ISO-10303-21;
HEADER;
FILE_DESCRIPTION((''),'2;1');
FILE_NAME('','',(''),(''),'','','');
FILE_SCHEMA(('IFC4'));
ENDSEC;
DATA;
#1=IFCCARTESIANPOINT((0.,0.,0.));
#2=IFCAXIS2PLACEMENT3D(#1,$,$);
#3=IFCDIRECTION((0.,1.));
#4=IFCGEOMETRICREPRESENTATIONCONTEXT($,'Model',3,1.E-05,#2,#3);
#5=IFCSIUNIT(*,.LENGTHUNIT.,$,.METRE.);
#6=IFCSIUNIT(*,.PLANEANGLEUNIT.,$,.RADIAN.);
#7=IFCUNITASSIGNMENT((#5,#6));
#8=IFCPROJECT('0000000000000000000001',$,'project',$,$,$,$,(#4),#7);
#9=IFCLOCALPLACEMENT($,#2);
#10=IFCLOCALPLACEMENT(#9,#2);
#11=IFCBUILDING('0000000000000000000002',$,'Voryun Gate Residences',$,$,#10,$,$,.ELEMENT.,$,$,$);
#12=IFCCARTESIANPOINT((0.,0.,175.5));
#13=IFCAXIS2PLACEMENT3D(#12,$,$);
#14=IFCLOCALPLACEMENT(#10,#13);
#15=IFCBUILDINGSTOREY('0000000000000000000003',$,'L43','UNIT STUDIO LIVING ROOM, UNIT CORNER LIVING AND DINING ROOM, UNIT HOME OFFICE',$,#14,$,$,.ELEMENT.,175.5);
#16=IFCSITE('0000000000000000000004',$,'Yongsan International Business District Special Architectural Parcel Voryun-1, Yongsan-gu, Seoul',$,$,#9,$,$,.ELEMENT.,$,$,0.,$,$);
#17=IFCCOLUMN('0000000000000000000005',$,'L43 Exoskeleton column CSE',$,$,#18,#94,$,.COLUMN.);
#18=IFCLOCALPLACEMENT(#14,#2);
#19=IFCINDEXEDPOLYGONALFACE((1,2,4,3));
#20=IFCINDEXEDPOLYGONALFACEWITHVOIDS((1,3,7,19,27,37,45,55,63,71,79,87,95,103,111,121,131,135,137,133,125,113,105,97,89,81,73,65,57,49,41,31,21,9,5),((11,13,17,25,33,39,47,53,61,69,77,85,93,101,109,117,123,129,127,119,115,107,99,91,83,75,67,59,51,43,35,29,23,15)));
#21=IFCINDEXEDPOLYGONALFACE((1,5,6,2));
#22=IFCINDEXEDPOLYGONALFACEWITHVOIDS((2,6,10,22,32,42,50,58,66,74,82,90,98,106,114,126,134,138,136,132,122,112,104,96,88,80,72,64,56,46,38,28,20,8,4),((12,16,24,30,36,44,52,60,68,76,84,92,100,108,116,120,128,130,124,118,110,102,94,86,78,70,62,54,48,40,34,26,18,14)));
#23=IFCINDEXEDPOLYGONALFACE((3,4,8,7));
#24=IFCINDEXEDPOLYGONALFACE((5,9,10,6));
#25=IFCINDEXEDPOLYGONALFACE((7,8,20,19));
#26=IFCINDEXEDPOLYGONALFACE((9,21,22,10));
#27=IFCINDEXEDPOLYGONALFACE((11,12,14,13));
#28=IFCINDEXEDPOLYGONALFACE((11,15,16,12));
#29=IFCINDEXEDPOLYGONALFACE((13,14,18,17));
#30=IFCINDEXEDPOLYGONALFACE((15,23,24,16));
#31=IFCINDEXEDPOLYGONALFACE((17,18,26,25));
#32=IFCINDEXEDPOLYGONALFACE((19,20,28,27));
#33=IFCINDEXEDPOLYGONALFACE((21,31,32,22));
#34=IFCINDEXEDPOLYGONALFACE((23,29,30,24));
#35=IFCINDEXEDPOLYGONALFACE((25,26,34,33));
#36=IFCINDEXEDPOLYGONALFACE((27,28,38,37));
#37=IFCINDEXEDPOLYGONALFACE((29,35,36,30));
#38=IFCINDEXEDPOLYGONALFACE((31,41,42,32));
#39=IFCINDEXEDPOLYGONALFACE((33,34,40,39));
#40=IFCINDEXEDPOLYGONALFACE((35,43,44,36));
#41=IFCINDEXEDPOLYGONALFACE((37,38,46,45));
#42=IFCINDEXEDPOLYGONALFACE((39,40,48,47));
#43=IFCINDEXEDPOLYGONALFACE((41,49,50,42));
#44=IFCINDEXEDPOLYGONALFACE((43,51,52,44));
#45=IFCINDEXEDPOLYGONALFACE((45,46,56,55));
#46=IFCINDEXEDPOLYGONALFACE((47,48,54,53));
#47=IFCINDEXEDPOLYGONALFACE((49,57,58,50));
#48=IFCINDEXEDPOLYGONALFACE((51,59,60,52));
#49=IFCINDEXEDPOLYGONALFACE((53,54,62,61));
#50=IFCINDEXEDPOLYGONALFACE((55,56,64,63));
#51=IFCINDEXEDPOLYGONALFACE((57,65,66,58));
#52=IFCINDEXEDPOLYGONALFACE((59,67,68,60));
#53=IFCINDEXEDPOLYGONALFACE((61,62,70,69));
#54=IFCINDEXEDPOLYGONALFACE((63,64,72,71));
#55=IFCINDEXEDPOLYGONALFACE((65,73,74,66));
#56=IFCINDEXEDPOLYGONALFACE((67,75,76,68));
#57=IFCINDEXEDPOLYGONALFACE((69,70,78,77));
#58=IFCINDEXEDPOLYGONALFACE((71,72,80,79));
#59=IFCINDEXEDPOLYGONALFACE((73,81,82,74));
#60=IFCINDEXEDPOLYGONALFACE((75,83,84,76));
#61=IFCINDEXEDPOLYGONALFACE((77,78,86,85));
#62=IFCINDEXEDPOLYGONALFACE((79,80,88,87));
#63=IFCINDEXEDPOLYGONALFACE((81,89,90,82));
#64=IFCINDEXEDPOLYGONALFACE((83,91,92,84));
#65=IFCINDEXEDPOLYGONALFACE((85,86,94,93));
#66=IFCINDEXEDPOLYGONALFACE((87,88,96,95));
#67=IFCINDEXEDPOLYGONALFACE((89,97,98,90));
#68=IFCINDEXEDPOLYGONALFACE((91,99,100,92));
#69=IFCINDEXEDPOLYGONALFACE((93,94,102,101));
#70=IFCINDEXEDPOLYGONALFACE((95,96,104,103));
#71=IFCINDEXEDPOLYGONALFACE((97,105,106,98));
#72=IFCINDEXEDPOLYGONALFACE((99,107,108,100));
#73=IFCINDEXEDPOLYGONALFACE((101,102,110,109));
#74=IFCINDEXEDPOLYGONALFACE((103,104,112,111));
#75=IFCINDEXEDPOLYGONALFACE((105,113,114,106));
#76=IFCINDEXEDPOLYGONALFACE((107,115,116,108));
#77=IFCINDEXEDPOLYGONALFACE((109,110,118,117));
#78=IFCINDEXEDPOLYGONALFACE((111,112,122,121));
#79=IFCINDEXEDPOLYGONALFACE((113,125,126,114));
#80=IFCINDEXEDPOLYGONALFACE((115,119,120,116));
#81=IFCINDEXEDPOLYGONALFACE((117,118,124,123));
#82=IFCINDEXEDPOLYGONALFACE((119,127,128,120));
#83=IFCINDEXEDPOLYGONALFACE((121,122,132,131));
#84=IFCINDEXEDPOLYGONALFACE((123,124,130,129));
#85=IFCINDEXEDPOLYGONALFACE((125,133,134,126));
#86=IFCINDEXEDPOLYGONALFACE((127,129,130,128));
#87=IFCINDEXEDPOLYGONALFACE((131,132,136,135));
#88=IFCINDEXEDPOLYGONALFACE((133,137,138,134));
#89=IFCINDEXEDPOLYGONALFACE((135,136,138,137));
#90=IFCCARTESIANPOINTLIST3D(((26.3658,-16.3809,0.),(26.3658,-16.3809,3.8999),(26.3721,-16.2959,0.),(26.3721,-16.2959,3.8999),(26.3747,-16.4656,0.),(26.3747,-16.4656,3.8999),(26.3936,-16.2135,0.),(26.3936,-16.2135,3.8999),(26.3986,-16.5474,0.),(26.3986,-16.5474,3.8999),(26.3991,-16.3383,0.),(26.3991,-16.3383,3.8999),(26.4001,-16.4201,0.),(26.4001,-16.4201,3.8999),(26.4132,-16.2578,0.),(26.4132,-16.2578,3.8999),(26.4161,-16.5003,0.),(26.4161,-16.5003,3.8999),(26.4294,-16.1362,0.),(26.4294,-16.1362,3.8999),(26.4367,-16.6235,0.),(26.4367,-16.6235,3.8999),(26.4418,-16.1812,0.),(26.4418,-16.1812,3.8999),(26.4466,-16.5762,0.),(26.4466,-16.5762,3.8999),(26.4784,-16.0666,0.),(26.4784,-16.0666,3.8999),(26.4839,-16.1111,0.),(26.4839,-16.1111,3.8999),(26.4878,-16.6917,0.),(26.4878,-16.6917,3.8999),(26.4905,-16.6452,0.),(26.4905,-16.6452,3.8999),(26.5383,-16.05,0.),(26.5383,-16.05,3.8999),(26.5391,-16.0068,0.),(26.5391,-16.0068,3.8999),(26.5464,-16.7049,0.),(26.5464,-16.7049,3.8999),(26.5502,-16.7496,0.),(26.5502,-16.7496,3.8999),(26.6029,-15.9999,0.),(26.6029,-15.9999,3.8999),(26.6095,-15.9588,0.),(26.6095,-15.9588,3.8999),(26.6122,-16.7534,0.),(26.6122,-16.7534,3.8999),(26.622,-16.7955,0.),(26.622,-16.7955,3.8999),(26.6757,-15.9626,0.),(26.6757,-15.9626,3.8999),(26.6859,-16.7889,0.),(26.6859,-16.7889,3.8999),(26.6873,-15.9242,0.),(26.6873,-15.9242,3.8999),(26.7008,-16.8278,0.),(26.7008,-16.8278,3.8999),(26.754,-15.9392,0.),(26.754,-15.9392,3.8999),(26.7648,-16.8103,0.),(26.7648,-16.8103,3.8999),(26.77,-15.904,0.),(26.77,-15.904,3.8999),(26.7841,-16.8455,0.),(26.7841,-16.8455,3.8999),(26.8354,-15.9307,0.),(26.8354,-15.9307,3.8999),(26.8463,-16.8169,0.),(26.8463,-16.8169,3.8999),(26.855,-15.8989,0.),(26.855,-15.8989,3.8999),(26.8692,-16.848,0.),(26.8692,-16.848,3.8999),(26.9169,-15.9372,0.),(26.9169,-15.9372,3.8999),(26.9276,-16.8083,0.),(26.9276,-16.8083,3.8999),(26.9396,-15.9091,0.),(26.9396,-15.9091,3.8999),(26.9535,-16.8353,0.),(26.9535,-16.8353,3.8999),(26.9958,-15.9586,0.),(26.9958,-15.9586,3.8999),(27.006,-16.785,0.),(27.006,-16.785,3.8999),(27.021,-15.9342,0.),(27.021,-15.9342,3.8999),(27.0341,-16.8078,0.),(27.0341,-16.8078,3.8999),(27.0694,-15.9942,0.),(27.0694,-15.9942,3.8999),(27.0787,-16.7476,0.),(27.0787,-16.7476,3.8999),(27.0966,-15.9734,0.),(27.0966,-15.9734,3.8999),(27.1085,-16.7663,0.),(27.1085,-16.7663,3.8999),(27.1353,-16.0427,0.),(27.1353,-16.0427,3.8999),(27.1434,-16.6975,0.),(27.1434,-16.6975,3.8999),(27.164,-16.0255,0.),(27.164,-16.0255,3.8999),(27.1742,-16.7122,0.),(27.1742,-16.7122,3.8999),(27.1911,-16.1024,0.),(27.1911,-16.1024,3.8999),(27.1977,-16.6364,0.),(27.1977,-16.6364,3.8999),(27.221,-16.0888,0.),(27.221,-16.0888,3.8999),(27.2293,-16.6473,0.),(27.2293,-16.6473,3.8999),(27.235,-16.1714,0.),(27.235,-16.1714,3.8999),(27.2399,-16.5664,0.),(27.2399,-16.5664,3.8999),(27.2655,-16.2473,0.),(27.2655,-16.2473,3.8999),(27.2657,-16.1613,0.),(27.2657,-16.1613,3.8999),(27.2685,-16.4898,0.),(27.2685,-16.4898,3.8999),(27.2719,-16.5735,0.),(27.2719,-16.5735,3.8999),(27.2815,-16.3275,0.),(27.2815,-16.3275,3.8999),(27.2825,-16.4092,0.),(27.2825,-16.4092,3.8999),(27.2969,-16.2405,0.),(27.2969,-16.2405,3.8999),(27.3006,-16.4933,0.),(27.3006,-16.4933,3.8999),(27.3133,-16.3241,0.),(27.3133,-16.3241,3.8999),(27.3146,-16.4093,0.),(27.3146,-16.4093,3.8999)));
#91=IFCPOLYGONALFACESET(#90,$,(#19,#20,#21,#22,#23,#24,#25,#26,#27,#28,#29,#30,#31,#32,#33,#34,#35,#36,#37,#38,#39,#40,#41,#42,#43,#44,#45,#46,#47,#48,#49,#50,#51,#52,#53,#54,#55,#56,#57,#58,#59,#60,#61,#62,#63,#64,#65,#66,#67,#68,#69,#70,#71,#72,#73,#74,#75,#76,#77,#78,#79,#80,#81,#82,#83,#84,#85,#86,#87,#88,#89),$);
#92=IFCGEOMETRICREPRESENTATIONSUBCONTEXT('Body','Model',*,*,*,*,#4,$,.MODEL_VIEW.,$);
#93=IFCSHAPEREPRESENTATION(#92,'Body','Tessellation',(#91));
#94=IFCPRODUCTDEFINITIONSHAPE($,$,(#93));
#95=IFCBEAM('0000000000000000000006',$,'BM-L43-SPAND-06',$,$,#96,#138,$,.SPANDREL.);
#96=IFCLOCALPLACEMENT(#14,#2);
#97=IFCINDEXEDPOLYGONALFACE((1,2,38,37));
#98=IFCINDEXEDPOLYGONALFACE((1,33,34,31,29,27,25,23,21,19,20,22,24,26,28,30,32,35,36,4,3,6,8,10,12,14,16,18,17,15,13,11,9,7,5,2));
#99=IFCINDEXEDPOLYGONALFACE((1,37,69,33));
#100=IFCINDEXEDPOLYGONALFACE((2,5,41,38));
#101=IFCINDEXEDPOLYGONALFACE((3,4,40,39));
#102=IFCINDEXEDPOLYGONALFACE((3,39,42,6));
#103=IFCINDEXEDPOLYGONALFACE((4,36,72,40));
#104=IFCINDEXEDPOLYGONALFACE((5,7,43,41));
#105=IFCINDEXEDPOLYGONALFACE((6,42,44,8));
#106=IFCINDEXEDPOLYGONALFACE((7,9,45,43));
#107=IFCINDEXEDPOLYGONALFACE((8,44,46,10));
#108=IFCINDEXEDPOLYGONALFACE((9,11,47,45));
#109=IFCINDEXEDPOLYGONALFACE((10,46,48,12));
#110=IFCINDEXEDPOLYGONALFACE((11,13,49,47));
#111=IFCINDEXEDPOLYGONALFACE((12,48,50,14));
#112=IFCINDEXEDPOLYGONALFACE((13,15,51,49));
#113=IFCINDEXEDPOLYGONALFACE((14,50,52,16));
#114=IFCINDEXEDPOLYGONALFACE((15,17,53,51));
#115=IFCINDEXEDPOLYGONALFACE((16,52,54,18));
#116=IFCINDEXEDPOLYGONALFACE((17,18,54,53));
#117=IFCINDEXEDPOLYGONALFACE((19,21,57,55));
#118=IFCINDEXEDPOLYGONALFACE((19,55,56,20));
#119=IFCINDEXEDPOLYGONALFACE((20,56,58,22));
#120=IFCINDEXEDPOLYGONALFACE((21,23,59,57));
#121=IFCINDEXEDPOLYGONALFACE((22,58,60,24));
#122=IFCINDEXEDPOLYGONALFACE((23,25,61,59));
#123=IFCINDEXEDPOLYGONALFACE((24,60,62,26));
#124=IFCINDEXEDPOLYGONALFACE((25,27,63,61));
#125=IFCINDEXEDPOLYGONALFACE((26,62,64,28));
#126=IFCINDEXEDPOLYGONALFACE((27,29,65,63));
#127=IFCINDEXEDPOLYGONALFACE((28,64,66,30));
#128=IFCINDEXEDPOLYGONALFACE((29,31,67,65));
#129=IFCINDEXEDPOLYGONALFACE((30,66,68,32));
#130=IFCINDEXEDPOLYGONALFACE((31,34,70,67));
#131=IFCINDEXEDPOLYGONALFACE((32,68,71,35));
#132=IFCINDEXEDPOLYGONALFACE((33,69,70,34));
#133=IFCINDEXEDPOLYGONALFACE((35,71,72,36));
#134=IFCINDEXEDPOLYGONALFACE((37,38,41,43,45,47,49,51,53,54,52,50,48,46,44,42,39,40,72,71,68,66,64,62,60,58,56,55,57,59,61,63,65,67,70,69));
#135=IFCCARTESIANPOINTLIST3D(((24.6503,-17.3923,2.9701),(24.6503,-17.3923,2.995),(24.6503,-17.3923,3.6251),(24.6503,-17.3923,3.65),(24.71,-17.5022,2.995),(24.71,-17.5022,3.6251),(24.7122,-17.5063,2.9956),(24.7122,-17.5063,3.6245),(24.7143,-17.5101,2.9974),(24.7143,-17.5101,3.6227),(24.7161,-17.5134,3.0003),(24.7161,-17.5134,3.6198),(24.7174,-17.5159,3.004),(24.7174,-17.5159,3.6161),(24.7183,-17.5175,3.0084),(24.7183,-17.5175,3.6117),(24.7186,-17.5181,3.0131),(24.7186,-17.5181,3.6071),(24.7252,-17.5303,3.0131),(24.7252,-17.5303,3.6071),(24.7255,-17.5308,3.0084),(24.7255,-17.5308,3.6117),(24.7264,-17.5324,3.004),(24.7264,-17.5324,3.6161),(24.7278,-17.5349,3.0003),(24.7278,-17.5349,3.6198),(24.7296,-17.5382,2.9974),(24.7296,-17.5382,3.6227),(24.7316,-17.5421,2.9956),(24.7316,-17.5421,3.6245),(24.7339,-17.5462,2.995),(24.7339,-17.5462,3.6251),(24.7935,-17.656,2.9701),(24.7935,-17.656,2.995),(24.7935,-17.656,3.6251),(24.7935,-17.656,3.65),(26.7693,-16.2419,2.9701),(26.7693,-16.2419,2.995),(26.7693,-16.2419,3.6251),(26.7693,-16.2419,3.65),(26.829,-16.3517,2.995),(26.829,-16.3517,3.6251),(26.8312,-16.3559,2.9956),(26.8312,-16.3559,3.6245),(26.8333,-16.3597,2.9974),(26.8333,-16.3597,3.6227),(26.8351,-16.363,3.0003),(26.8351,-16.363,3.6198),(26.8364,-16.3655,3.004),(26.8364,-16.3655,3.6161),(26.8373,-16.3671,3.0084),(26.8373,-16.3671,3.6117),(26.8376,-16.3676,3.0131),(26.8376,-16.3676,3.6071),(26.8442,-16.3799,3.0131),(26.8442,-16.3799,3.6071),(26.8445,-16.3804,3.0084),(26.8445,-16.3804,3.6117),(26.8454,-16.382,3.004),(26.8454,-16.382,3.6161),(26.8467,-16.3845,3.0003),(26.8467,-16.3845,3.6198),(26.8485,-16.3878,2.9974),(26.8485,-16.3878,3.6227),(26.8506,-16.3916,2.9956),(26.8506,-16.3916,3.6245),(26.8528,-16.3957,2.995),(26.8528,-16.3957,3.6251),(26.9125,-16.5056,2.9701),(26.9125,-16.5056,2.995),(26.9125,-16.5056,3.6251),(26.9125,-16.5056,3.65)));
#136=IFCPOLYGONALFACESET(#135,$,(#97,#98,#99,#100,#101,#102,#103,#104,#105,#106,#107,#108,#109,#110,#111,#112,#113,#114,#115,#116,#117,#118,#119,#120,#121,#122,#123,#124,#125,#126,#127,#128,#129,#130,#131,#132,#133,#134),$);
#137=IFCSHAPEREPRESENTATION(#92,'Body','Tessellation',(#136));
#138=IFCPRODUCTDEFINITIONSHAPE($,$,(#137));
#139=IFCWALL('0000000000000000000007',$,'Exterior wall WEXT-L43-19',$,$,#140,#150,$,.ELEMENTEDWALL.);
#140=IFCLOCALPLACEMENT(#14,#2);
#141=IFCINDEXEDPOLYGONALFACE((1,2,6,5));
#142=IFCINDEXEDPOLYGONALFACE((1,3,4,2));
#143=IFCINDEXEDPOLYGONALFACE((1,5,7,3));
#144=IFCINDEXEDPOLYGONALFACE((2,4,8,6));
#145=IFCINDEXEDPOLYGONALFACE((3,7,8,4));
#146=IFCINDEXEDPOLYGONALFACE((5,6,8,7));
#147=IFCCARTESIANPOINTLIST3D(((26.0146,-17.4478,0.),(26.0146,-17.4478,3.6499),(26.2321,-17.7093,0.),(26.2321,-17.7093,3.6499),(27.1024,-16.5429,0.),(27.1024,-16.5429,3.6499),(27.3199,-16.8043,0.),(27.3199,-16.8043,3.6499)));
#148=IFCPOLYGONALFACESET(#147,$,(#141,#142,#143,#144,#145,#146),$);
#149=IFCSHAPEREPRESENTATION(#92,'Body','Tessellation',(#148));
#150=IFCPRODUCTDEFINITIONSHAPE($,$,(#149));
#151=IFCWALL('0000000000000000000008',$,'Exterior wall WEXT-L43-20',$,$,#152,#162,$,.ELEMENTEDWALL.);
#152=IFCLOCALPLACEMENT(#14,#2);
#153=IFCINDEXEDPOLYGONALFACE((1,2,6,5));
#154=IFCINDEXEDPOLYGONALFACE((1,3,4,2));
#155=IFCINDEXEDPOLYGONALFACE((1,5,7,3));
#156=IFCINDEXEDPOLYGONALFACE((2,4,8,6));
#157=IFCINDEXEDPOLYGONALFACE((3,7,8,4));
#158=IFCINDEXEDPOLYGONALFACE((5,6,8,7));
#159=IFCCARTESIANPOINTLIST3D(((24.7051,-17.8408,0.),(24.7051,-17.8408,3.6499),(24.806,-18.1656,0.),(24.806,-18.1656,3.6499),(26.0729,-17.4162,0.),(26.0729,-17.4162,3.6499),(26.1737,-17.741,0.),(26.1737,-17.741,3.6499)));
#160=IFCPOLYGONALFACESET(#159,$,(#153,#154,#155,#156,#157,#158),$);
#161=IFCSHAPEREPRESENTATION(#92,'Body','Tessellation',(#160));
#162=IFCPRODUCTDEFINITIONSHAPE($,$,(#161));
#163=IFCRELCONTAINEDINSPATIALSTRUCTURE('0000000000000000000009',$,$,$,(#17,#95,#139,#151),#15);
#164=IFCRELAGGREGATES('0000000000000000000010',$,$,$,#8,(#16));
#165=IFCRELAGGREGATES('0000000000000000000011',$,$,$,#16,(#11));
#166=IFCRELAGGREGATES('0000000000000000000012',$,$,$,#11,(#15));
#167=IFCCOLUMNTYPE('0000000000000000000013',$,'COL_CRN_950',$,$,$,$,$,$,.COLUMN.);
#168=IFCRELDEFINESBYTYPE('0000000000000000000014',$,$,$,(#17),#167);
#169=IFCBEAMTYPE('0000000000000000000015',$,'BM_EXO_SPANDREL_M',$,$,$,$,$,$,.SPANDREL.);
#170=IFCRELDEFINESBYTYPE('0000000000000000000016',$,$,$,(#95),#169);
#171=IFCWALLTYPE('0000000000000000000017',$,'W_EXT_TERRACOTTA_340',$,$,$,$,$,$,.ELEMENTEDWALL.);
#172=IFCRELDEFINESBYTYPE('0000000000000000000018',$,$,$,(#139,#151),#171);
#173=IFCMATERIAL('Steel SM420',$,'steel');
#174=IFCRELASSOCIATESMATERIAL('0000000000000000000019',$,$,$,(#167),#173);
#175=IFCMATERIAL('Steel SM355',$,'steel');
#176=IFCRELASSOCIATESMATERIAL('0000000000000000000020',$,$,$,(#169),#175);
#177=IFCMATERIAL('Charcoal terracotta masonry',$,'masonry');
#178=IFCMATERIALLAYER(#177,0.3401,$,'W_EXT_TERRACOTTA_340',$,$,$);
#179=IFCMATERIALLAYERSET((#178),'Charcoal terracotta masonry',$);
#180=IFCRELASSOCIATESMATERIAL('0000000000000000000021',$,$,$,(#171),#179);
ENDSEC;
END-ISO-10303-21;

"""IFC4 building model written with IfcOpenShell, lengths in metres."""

from ifc_helpers import new_model, si_unit, direction, frame, frame_2d, origin, origin_2d, place, context, subcontext, project, spatial, rectangle, hollow_circle, i_section, extrude, material, layer, layer_set, material_profile, profile_set, type_object, element, save


model = new_model("IFC4")

# Units and contexts
model_context = context("Model", 3, precision=1e-05, world=origin(), true_north=direction((0.0, 1.0)))
body_context = subcontext(model_context, "Body", "Model", "MODEL_VIEW")
ifc_project = project(units=[si_unit("LENGTHUNIT", "METRE"), si_unit("PLANEANGLEUNIT", "RADIAN")], contexts=[model_context])

# Site, building, storey
site_placement = place(None, origin())
site = spatial("IfcSite", under=ifc_project, at=site_placement, Name="Yongsan International Business District Special Architectural Parcel Voryun-1, Yongsan-gu, Seoul", CompositionType="ELEMENT", RefElevation=0.0)
building_placement = place(site_placement, origin())
building = spatial("IfcBuilding", under=site, at=building_placement, Name="Voryun Gate Residences", CompositionType="ELEMENT")
storey_placement = place(building_placement, frame((0.0, 0.0, 175.5)))
storey = spatial("IfcBuildingStorey", under=building, at=storey_placement, Name="L43", Description="UNIT STUDIO LIVING ROOM, UNIT CORNER LIVING AND DINING ROOM, UNIT HOME OFFICE", CompositionType="ELEMENT", Elevation=175.5)

# Column
ifc_material_1 = material(Name="Steel SM420", Category="steel")
ifc_material_profile_1 = material_profile(ifc_material_1, hollow_circle(Radius=0.4751, WallThickness=0.032, at=origin_2d()), Name="CHS-950x32")
ifc_profile_set_1 = profile_set([ifc_material_profile_1], Name="Steel SM420")
column_type = type_object("IfcColumnType", Name="COL_CRN_950", PredefinedType="COLUMN", material=ifc_profile_set_1)
column_placement = place(storey_placement, frame((26.8408, -16.3738, 0.0), z_axis=(0.0, 0.0, 1.0), x_axis=(0.994522, 0.104528, 0.0)))
element("IfcColumn", 1, at=column_placement, inside=storey, type_object=column_type, Name="L43 Exoskeleton column CSE", PredefinedType="COLUMN", context=body_context, shape_type="SweptSolid", body=[
    extrude(hollow_circle(Radius=0.4751, WallThickness=0.032, at=origin_2d()), origin(), (0.0, 0.0, 1.0), 3.8999),
])

# Beam
ifc_material_2 = material(Name="Steel SM355", Category="steel")
ifc_material_profile_2 = material_profile(ifc_material_2, i_section(OverallWidth=0.3, OverallDepth=0.6799, WebThickness=0.0139, FlangeThickness=0.0249, FilletRadius=0.0181, at=origin_2d()), Name="H-680x300x14x25")
ifc_profile_set_2 = profile_set([ifc_material_profile_2], Name="Steel SM355")
beam_type = type_object("IfcBeamType", Name="BM_EXO_SPANDREL_M", PredefinedType="SPANDREL", material=ifc_profile_set_2)
beam_placement = place(storey_placement, frame((24.7219, -17.5242, 3.3101), z_axis=(0.87883, 0.477134, 0.0), x_axis=(-0.477134, 0.87883, 0.0)))
element("IfcBeam", 2, at=beam_placement, inside=storey, type_object=beam_type, Name="BM-L43-SPAND-06", PredefinedType="SPANDREL", context=body_context, shape_type="SweptSolid", body=[
    extrude(i_section(OverallWidth=0.3, OverallDepth=0.6799, WebThickness=0.0139, FlangeThickness=0.0249, FilletRadius=0.0181, at=origin_2d()), origin(), (0.0, 0.0, 1.0), 2.4111),
])

# Shared definitions
ifc_material_3 = material(Name="Charcoal terracotta masonry", Category="masonry")
ifc_layer = layer(ifc_material_3, 0.3401, Name="W_EXT_TERRACOTTA_340")
ifc_layer_set = layer_set([ifc_layer], Name="Charcoal terracotta masonry")
wall_type = type_object("IfcWallType", Name="W_EXT_TERRACOTTA_340", PredefinedType="ELEMENTEDWALL", material=ifc_layer_set)

# Walls
wall_1_placement = place(storey_placement, frame((27.2112, -16.6736, 0.0), z_axis=(0.0, 0.0, 1.0), x_axis=(-0.768758, -0.639539, 0.0)))
element("IfcWall", 3, at=wall_1_placement, inside=storey, type_object=wall_type, Name="Exterior wall WEXT-L43-19", PredefinedType="ELEMENTEDWALL", context=body_context, shape_type="SweptSolid", body=[
    extrude(rectangle(XDim=1.415, YDim=0.3401, at=frame_2d((0.7075, 0.0))), origin(), (0.0, 0.0, 1.0), 3.6499),
])
wall_2_placement = place(storey_placement, frame((26.1233, -17.5786, 0.0), z_axis=(0.0, 0.0, 1.0), x_axis=(-0.955043, -0.296469, 0.0)))
element("IfcWall", 4, at=wall_2_placement, inside=storey, type_object=wall_type, Name="Exterior wall WEXT-L43-20", PredefinedType="ELEMENTEDWALL", context=body_context, shape_type="SweptSolid", body=[
    extrude(rectangle(XDim=1.4321, YDim=0.3401, at=frame_2d((0.7161, 0.0))), origin(), (0.0, 0.0, 1.0), 3.6499),
])

save(model, "model.ifc")
